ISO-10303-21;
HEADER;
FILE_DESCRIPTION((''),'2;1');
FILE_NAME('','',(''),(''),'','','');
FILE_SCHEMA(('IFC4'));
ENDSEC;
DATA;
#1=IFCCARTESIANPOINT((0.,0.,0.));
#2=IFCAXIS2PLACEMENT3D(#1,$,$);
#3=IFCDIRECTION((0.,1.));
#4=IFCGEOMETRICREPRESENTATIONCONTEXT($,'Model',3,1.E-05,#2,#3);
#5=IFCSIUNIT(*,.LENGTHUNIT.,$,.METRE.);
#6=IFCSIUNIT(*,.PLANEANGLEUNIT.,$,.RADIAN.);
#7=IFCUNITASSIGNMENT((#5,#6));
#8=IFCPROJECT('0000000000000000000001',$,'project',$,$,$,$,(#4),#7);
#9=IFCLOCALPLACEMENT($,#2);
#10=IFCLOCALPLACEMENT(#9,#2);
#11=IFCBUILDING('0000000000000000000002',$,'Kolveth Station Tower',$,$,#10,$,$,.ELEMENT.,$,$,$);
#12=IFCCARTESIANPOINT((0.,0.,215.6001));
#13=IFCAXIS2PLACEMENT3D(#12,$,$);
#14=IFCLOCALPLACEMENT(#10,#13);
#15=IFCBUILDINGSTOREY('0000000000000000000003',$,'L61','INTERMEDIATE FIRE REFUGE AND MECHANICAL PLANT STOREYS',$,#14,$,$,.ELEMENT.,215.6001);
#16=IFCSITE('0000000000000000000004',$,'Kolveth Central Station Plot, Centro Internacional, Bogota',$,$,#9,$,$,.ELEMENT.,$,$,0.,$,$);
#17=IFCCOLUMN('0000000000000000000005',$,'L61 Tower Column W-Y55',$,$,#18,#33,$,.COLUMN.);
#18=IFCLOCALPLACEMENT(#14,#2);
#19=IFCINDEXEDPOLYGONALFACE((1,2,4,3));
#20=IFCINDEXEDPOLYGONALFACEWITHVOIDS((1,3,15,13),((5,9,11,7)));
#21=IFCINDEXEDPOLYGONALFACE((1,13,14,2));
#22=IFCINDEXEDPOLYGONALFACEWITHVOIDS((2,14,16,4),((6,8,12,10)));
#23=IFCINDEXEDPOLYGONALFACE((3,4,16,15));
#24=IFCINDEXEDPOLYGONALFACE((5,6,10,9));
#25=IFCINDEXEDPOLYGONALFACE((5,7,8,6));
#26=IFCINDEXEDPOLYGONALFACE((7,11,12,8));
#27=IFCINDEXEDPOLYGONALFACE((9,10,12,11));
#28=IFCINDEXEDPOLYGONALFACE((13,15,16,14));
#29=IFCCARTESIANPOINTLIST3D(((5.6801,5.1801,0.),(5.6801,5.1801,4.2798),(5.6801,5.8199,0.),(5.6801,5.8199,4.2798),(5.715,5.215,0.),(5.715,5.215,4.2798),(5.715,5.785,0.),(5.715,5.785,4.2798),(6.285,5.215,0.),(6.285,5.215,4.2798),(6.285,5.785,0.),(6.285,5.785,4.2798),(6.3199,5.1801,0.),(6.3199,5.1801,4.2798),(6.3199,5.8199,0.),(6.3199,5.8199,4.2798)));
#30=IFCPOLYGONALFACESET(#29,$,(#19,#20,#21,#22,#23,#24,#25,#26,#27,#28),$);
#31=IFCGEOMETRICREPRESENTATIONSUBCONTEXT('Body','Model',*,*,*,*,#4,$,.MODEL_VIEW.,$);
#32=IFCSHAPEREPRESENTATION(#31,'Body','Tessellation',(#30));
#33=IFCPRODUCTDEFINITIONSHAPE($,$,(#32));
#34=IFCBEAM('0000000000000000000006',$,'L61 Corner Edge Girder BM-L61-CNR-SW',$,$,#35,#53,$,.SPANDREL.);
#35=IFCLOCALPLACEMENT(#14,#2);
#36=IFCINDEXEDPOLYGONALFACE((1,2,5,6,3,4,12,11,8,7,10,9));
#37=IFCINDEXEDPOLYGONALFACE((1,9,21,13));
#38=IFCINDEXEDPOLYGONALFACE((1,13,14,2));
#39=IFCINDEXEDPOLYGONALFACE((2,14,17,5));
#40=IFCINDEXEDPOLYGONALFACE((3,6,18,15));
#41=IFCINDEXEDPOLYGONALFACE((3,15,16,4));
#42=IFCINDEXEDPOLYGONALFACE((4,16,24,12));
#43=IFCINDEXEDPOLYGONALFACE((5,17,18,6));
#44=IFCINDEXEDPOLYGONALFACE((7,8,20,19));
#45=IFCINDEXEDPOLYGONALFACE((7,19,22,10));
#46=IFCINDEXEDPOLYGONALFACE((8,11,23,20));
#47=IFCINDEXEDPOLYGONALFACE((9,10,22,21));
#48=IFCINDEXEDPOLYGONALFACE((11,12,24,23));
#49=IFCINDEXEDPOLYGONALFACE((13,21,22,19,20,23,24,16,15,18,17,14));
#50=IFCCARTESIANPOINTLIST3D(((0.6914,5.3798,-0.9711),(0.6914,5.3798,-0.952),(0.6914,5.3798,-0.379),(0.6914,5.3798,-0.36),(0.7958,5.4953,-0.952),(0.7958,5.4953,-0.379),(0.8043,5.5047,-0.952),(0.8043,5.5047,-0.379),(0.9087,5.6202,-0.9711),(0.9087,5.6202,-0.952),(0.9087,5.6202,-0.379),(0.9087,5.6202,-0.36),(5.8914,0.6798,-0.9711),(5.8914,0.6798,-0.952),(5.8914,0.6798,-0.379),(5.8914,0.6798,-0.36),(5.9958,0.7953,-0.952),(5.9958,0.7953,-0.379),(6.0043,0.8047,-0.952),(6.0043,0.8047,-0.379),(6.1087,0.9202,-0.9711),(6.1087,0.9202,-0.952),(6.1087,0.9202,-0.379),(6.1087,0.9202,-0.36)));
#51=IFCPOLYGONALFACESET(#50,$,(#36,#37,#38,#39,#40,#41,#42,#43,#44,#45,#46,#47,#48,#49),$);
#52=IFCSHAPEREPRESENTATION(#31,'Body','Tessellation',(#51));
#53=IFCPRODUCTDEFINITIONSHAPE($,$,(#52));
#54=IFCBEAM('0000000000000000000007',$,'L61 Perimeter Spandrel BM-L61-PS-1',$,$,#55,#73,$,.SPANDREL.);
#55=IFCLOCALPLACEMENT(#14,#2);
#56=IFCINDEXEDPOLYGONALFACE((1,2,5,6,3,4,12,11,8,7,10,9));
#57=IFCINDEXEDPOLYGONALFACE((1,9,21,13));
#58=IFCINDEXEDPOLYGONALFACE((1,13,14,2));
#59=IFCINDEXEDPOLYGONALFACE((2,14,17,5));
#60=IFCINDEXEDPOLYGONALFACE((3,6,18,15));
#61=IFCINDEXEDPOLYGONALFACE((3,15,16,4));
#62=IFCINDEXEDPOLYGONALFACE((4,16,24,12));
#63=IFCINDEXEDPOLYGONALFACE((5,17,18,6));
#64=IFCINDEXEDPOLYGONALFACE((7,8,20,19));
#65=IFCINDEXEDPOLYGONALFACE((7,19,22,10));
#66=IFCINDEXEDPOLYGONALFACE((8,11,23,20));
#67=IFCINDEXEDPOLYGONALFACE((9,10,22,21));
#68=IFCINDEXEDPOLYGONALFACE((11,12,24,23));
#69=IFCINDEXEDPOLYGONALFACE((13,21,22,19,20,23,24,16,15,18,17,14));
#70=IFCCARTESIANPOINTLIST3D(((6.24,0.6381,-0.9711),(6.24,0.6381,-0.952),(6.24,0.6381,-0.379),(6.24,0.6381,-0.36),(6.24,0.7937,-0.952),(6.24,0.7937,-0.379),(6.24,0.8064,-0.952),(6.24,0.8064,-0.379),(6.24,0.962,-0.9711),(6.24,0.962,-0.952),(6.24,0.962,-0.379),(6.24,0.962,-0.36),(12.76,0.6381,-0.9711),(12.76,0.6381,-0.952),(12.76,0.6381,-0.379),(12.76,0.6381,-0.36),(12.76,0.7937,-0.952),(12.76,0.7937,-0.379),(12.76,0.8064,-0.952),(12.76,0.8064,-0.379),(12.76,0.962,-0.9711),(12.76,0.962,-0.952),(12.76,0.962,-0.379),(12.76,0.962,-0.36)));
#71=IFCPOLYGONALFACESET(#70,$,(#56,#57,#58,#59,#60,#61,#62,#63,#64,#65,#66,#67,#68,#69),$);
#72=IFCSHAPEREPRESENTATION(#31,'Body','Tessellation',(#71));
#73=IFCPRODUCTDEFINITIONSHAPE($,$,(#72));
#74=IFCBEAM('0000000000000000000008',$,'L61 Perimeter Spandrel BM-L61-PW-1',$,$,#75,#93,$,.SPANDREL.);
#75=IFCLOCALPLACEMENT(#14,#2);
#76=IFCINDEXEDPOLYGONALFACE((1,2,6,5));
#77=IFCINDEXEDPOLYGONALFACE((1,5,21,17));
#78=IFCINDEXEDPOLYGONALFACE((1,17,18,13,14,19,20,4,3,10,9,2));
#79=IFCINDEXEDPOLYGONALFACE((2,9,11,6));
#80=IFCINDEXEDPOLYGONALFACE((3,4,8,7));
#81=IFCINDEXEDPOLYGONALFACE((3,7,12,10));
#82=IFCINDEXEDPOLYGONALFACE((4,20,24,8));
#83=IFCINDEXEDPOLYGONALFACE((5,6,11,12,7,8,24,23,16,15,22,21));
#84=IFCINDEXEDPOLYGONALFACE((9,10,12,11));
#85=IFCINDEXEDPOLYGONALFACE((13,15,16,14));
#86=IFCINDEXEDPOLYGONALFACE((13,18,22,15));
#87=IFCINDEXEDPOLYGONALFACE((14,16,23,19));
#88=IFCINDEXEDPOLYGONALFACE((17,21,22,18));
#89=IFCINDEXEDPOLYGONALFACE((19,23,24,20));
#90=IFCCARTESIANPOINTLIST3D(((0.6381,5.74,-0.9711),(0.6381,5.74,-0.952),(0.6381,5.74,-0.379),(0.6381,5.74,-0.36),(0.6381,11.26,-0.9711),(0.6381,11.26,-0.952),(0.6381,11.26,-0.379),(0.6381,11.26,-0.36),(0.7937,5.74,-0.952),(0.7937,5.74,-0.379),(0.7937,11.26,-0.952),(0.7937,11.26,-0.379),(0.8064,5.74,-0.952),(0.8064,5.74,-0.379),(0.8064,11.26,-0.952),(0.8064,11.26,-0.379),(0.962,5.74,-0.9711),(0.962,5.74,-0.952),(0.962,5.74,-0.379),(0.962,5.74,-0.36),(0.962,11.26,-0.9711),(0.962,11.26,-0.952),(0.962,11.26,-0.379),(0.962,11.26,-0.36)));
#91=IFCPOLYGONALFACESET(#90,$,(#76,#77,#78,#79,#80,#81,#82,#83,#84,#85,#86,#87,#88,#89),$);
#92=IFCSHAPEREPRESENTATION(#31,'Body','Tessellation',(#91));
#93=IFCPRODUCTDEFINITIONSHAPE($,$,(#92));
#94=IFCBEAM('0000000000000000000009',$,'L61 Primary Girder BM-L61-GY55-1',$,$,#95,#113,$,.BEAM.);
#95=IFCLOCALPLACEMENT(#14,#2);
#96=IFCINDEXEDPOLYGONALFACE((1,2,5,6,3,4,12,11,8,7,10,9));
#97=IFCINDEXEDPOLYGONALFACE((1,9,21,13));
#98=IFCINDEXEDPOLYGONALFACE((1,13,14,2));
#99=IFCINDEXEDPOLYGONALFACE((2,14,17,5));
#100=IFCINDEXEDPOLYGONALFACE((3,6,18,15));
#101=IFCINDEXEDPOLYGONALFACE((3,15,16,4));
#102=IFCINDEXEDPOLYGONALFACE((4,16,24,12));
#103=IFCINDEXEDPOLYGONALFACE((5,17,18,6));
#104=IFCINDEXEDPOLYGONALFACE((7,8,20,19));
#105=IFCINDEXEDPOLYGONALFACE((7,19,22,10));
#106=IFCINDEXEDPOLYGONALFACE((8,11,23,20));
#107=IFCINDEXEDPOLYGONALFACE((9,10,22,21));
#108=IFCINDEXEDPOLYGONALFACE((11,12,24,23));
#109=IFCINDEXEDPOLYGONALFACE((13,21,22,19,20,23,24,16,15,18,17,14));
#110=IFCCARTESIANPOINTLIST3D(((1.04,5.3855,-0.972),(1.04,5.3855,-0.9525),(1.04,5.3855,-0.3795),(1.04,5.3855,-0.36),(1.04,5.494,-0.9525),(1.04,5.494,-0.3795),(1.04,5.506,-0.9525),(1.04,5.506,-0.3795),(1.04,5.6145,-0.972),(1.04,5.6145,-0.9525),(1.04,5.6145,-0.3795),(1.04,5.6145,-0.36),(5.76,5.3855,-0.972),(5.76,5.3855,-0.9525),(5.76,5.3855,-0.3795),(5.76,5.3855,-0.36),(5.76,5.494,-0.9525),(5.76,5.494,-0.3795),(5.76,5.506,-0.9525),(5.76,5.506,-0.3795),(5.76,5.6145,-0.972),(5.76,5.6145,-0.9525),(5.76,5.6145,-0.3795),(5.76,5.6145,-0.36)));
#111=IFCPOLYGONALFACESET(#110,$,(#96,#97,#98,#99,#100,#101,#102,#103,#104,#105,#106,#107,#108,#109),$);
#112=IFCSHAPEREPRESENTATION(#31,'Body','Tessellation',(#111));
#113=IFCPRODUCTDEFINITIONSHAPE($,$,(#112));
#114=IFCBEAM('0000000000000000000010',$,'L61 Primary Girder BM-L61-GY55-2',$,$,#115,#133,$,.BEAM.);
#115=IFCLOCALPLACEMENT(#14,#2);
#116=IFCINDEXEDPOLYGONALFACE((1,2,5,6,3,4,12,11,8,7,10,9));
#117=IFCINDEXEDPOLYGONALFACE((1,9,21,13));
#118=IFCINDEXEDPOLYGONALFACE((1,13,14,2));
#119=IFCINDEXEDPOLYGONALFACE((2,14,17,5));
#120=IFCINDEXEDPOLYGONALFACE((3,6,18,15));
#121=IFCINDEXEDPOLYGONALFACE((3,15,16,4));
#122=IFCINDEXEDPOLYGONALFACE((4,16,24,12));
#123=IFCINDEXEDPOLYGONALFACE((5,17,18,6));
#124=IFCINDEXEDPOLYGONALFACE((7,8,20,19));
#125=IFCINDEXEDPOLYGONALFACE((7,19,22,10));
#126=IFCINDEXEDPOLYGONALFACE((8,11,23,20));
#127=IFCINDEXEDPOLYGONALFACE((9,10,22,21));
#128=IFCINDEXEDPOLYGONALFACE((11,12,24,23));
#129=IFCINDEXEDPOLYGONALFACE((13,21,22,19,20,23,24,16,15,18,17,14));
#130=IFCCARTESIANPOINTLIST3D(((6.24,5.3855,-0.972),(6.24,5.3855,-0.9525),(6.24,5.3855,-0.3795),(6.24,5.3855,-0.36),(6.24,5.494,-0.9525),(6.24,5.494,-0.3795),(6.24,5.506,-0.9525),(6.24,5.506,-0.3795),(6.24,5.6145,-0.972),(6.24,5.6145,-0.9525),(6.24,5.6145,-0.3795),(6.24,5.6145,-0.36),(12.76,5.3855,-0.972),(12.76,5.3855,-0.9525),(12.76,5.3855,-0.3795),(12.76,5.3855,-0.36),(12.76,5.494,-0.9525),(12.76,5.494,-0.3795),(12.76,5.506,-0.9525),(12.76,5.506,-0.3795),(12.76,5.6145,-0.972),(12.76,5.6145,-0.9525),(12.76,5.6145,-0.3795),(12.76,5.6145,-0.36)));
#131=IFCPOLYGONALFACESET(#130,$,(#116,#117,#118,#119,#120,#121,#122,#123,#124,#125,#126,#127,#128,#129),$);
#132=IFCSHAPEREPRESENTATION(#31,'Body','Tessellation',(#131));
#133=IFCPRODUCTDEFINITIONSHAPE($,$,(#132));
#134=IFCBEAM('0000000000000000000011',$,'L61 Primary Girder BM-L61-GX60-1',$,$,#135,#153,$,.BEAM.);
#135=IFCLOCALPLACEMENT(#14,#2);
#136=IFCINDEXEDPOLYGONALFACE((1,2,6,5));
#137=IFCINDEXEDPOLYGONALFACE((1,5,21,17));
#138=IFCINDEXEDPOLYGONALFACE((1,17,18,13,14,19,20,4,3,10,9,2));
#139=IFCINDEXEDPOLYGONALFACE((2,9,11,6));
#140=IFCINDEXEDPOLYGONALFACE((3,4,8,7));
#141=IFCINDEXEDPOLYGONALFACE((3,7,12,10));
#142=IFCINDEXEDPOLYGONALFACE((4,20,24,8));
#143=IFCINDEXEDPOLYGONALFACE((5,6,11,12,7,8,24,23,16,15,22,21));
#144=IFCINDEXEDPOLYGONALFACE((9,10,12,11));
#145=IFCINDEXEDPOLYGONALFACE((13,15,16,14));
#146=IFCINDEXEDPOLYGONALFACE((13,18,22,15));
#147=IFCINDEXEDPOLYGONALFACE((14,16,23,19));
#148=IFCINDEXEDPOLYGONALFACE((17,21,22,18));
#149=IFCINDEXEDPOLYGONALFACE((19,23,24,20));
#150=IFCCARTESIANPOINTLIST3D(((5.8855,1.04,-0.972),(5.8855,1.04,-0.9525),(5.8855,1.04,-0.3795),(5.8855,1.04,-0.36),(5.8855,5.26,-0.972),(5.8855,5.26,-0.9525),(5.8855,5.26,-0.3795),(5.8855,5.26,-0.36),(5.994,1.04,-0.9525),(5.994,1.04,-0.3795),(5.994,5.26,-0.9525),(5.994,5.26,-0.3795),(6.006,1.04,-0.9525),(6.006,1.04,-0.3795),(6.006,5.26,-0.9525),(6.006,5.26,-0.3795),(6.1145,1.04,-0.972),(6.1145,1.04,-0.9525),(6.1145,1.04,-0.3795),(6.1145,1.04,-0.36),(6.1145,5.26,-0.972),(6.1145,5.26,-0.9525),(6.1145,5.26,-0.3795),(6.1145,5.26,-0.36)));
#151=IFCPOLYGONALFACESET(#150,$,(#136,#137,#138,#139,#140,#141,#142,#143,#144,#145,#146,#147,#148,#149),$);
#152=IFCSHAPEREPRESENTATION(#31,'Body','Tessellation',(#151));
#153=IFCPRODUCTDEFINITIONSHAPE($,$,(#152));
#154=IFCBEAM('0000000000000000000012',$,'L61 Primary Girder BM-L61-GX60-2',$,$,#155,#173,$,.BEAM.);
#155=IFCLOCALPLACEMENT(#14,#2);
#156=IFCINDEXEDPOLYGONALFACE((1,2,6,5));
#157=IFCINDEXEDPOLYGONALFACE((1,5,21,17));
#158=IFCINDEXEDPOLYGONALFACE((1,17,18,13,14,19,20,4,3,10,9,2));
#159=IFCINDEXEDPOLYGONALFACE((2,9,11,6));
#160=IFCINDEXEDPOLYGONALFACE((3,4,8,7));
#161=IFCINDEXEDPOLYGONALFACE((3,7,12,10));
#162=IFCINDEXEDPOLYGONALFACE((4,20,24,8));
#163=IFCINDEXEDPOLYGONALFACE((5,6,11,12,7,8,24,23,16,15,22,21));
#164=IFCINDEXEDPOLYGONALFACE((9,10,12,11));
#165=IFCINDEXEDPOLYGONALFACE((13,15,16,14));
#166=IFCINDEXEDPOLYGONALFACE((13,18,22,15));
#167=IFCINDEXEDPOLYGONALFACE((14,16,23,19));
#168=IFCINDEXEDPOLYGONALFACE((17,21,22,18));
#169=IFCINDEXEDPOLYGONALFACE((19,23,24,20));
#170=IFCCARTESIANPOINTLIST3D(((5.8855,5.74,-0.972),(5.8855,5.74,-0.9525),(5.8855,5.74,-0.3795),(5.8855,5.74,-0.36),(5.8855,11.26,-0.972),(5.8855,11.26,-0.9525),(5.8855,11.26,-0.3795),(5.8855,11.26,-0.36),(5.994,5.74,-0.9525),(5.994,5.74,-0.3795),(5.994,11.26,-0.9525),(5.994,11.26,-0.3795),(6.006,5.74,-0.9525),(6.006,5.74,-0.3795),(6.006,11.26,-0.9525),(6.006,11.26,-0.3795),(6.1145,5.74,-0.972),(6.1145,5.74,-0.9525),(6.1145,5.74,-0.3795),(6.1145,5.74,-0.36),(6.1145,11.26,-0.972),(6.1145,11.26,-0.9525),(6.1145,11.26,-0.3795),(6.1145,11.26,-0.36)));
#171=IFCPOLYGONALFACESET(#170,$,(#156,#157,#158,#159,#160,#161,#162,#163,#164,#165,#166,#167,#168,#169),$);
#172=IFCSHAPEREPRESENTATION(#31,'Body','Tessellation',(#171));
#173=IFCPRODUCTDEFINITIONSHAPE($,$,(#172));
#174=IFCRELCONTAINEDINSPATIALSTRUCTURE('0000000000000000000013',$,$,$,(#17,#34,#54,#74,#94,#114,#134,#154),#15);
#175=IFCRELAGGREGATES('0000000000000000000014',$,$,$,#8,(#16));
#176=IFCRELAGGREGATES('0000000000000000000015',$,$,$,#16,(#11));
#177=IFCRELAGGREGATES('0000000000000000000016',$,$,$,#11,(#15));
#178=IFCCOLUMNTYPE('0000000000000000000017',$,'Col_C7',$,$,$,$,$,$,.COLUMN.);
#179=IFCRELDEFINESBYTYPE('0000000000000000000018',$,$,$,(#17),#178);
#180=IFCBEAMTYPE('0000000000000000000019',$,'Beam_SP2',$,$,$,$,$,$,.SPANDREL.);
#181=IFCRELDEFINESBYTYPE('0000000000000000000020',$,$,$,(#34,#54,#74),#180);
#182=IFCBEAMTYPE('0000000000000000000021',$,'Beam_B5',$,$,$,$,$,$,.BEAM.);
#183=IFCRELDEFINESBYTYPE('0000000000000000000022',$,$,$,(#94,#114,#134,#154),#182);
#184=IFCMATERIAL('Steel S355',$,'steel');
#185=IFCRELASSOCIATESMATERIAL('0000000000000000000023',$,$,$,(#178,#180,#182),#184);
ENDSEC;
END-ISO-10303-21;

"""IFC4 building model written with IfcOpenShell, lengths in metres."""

from ifc_helpers import new_model, si_unit, direction, frame, origin, origin_2d, place, context, subcontext, project, spatial, hollow_rectangle, i_section, extrude, source, transform, mapped, material, material_profile, profile_set, type_object, element, save


model = new_model("IFC4")

# Units and contexts
model_context = context("Model", 3, precision=1e-05, world=origin(), true_north=direction((0.0, 1.0)))
body_context = subcontext(model_context, "Body", "Model", "MODEL_VIEW")
ifc_project = project(units=[si_unit("LENGTHUNIT", "METRE"), si_unit("PLANEANGLEUNIT", "RADIAN")], contexts=[model_context])

# Site, building, storey
site_placement = place(None, origin())
site = spatial("IfcSite", under=ifc_project, at=site_placement, Name="Kolveth Central Station Plot, Centro Internacional, Bogota", CompositionType="ELEMENT", RefElevation=0.0)
building_placement = place(site_placement, origin())
building = spatial("IfcBuilding", under=site, at=building_placement, Name="Kolveth Station Tower", CompositionType="ELEMENT")
storey_placement = place(building_placement, frame((0.0, 0.0, 215.6001)))
storey = spatial("IfcBuildingStorey", under=building, at=storey_placement, Name="L61", Description="INTERMEDIATE FIRE REFUGE AND MECHANICAL PLANT STOREYS", CompositionType="ELEMENT", Elevation=215.6001)

# Column
ifc_material_1 = material(Name="Steel S355", Category="steel")
ifc_material_profile_1 = material_profile(ifc_material_1, hollow_rectangle(XDim=0.6399, YDim=0.6399, WallThickness=0.0349, at=origin_2d()), Name="BOX640x640x35")
ifc_profile_set_1 = profile_set([ifc_material_profile_1], Name="Steel S355")
column_type = type_object("IfcColumnType", Name="Col_C7", PredefinedType="COLUMN", material=ifc_profile_set_1)
shared_shape_1 = source(origin(), body_context, "Body", "SweptSolid", [
    extrude(hollow_rectangle(XDim=0.6399, YDim=0.6399, WallThickness=0.0349, at=origin_2d()), origin(), (0.0, 0.0, 1.0), 4.2798),
])
column_placement = place(storey_placement, frame((6.0, 5.5, 0.0), z_axis=(0.0, 0.0, 1.0), x_axis=(1.0, 0.0, 0.0)))
element("IfcColumn", 1, at=column_placement, inside=storey, type_object=column_type, Name="L61 Tower Column W-Y55", PredefinedType="COLUMN", context=body_context, shape_type="MappedRepresentation", body=[
    mapped(shared_shape_1, transform((0.0, 0.0, 0.0), x_axis=(1.0, 0.0, 0.0), y_axis=(0.0, 1.0, 0.0), z_axis=(0.0, 0.0, 1.0), scale=1.0)),
])

# Beams
ifc_material_profile_2 = material_profile(ifc_material_1, i_section(OverallWidth=0.324, OverallDepth=0.6111, WebThickness=0.0127, FlangeThickness=0.019, at=origin_2d()), Name="W610x155")
ifc_profile_set_2 = profile_set([ifc_material_profile_2], Name="Steel S355")
beam_type_1 = type_object("IfcBeamType", Name="Beam_SP2", PredefinedType="SPANDREL", material=ifc_profile_set_2)
shared_shape_2 = source(origin(), body_context, "Body", "SweptSolid", [
    extrude(i_section(OverallWidth=0.324, OverallDepth=0.6111, WebThickness=0.0127, FlangeThickness=0.019, at=origin_2d()), origin(), (0.0, 0.0, 1.0), 7.0093),
])
beam_1_placement = place(storey_placement, frame((0.8, 5.5, -0.6655), z_axis=(0.741874, -0.670539, 0.0), x_axis=(0.670539, 0.741874, 0.0)))
element("IfcBeam", 2, at=beam_1_placement, inside=storey, type_object=beam_type_1, Name="L61 Corner Edge Girder BM-L61-CNR-SW", PredefinedType="SPANDREL", context=body_context, shape_type="MappedRepresentation", body=[
    mapped(shared_shape_2, transform((0.0, 0.0, 0.0), x_axis=(1.0, 0.0, 0.0), y_axis=(0.0, 1.0, 0.0), z_axis=(0.0, 0.0, 1.0), scale=1.0)),
])
shared_shape_3 = source(origin(), body_context, "Body", "SweptSolid", [
    extrude(i_section(OverallWidth=0.324, OverallDepth=0.6111, WebThickness=0.0127, FlangeThickness=0.019, at=origin_2d()), origin(), (0.0, 0.0, 1.0), 6.52),
])
beam_2_placement = place(storey_placement, frame((6.24, 0.8, -0.6655), z_axis=(1.0, 0.0, 0.0), x_axis=(0.0, 1.0, 0.0)))
element("IfcBeam", 3, at=beam_2_placement, inside=storey, type_object=beam_type_1, Name="L61 Perimeter Spandrel BM-L61-PS-1", PredefinedType="SPANDREL", context=body_context, shape_type="MappedRepresentation", body=[
    mapped(shared_shape_3, transform((0.0, 0.0, 0.0), x_axis=(1.0, 0.0, 0.0), y_axis=(0.0, 1.0, 0.0), z_axis=(0.0, 0.0, 1.0), scale=1.0)),
])
shared_shape_4 = source(origin(), body_context, "Body", "SweptSolid", [
    extrude(i_section(OverallWidth=0.324, OverallDepth=0.6111, WebThickness=0.0127, FlangeThickness=0.019, at=origin_2d()), origin(), (0.0, 0.0, 1.0), 5.52),
])
beam_3_placement = place(storey_placement, frame((0.8, 5.74, -0.6655), z_axis=(0.0, 1.0, 0.0), x_axis=(-1.0, 0.0, 0.0)))
element("IfcBeam", 4, at=beam_3_placement, inside=storey, type_object=beam_type_1, Name="L61 Perimeter Spandrel BM-L61-PW-1", PredefinedType="SPANDREL", context=body_context, shape_type="MappedRepresentation", body=[
    mapped(shared_shape_4, transform((0.0, 0.0, 0.0), x_axis=(1.0, 0.0, 0.0), y_axis=(0.0, 1.0, 0.0), z_axis=(0.0, 0.0, 1.0), scale=1.0)),
])
ifc_material_profile_3 = material_profile(ifc_material_1, i_section(OverallWidth=0.229, OverallDepth=0.6121, WebThickness=0.012, FlangeThickness=0.0195, at=origin_2d()), Name="W610x125")
ifc_profile_set_3 = profile_set([ifc_material_profile_3], Name="Steel S355")
beam_type_2 = type_object("IfcBeamType", Name="Beam_B5", PredefinedType="BEAM", material=ifc_profile_set_3)
shared_shape_5 = source(origin(), body_context, "Body", "SweptSolid", [
    extrude(i_section(OverallWidth=0.229, OverallDepth=0.6121, WebThickness=0.012, FlangeThickness=0.0195, at=origin_2d()), origin(), (0.0, 0.0, 1.0), 4.72),
])
beam_4_placement = place(storey_placement, frame((1.04, 5.5, -0.666), z_axis=(1.0, 0.0, 0.0), x_axis=(0.0, 1.0, 0.0)))
element("IfcBeam", 5, at=beam_4_placement, inside=storey, type_object=beam_type_2, Name="L61 Primary Girder BM-L61-GY55-1", PredefinedType="BEAM", context=body_context, shape_type="MappedRepresentation", body=[
    mapped(shared_shape_5, transform((0.0, 0.0, 0.0), x_axis=(1.0, 0.0, 0.0), y_axis=(0.0, 1.0, 0.0), z_axis=(0.0, 0.0, 1.0), scale=1.0)),
])
shared_shape_6 = source(origin(), body_context, "Body", "SweptSolid", [
    extrude(i_section(OverallWidth=0.229, OverallDepth=0.6121, WebThickness=0.012, FlangeThickness=0.0195, at=origin_2d()), origin(), (0.0, 0.0, 1.0), 6.52),
])
beam_5_placement = place(storey_placement, frame((6.24, 5.5, -0.666), z_axis=(1.0, 0.0, 0.0), x_axis=(0.0, 1.0, 0.0)))
element("IfcBeam", 6, at=beam_5_placement, inside=storey, type_object=beam_type_2, Name="L61 Primary Girder BM-L61-GY55-2", PredefinedType="BEAM", context=body_context, shape_type="MappedRepresentation", body=[
    mapped(shared_shape_6, transform((0.0, 0.0, 0.0), x_axis=(1.0, 0.0, 0.0), y_axis=(0.0, 1.0, 0.0), z_axis=(0.0, 0.0, 1.0), scale=1.0)),
])
shared_shape_7 = source(origin(), body_context, "Body", "SweptSolid", [
    extrude(i_section(OverallWidth=0.229, OverallDepth=0.6121, WebThickness=0.012, FlangeThickness=0.0195, at=origin_2d()), origin(), (0.0, 0.0, 1.0), 4.22),
])
beam_6_placement = place(storey_placement, frame((6.0, 1.04, -0.666), z_axis=(0.0, 1.0, 0.0), x_axis=(-1.0, 0.0, 0.0)))
element("IfcBeam", 7, at=beam_6_placement, inside=storey, type_object=beam_type_2, Name="L61 Primary Girder BM-L61-GX60-1", PredefinedType="BEAM", context=body_context, shape_type="MappedRepresentation", body=[
    mapped(shared_shape_7, transform((0.0, 0.0, 0.0), x_axis=(1.0, 0.0, 0.0), y_axis=(0.0, 1.0, 0.0), z_axis=(0.0, 0.0, 1.0), scale=1.0)),
])
shared_shape_8 = source(origin(), body_context, "Body", "SweptSolid", [
    extrude(i_section(OverallWidth=0.229, OverallDepth=0.6121, WebThickness=0.012, FlangeThickness=0.0195, at=origin_2d()), origin(), (0.0, 0.0, 1.0), 5.52),
])
beam_7_placement = place(storey_placement, frame((6.0, 5.74, -0.666), z_axis=(0.0, 1.0, 0.0), x_axis=(-1.0, 0.0, 0.0)))
element("IfcBeam", 8, at=beam_7_placement, inside=storey, type_object=beam_type_2, Name="L61 Primary Girder BM-L61-GX60-2", PredefinedType="BEAM", context=body_context, shape_type="MappedRepresentation", body=[
    mapped(shared_shape_8, transform((0.0, 0.0, 0.0), x_axis=(1.0, 0.0, 0.0), y_axis=(0.0, 1.0, 0.0), z_axis=(0.0, 0.0, 1.0), scale=1.0)),
])

save(model, "model.ifc")
